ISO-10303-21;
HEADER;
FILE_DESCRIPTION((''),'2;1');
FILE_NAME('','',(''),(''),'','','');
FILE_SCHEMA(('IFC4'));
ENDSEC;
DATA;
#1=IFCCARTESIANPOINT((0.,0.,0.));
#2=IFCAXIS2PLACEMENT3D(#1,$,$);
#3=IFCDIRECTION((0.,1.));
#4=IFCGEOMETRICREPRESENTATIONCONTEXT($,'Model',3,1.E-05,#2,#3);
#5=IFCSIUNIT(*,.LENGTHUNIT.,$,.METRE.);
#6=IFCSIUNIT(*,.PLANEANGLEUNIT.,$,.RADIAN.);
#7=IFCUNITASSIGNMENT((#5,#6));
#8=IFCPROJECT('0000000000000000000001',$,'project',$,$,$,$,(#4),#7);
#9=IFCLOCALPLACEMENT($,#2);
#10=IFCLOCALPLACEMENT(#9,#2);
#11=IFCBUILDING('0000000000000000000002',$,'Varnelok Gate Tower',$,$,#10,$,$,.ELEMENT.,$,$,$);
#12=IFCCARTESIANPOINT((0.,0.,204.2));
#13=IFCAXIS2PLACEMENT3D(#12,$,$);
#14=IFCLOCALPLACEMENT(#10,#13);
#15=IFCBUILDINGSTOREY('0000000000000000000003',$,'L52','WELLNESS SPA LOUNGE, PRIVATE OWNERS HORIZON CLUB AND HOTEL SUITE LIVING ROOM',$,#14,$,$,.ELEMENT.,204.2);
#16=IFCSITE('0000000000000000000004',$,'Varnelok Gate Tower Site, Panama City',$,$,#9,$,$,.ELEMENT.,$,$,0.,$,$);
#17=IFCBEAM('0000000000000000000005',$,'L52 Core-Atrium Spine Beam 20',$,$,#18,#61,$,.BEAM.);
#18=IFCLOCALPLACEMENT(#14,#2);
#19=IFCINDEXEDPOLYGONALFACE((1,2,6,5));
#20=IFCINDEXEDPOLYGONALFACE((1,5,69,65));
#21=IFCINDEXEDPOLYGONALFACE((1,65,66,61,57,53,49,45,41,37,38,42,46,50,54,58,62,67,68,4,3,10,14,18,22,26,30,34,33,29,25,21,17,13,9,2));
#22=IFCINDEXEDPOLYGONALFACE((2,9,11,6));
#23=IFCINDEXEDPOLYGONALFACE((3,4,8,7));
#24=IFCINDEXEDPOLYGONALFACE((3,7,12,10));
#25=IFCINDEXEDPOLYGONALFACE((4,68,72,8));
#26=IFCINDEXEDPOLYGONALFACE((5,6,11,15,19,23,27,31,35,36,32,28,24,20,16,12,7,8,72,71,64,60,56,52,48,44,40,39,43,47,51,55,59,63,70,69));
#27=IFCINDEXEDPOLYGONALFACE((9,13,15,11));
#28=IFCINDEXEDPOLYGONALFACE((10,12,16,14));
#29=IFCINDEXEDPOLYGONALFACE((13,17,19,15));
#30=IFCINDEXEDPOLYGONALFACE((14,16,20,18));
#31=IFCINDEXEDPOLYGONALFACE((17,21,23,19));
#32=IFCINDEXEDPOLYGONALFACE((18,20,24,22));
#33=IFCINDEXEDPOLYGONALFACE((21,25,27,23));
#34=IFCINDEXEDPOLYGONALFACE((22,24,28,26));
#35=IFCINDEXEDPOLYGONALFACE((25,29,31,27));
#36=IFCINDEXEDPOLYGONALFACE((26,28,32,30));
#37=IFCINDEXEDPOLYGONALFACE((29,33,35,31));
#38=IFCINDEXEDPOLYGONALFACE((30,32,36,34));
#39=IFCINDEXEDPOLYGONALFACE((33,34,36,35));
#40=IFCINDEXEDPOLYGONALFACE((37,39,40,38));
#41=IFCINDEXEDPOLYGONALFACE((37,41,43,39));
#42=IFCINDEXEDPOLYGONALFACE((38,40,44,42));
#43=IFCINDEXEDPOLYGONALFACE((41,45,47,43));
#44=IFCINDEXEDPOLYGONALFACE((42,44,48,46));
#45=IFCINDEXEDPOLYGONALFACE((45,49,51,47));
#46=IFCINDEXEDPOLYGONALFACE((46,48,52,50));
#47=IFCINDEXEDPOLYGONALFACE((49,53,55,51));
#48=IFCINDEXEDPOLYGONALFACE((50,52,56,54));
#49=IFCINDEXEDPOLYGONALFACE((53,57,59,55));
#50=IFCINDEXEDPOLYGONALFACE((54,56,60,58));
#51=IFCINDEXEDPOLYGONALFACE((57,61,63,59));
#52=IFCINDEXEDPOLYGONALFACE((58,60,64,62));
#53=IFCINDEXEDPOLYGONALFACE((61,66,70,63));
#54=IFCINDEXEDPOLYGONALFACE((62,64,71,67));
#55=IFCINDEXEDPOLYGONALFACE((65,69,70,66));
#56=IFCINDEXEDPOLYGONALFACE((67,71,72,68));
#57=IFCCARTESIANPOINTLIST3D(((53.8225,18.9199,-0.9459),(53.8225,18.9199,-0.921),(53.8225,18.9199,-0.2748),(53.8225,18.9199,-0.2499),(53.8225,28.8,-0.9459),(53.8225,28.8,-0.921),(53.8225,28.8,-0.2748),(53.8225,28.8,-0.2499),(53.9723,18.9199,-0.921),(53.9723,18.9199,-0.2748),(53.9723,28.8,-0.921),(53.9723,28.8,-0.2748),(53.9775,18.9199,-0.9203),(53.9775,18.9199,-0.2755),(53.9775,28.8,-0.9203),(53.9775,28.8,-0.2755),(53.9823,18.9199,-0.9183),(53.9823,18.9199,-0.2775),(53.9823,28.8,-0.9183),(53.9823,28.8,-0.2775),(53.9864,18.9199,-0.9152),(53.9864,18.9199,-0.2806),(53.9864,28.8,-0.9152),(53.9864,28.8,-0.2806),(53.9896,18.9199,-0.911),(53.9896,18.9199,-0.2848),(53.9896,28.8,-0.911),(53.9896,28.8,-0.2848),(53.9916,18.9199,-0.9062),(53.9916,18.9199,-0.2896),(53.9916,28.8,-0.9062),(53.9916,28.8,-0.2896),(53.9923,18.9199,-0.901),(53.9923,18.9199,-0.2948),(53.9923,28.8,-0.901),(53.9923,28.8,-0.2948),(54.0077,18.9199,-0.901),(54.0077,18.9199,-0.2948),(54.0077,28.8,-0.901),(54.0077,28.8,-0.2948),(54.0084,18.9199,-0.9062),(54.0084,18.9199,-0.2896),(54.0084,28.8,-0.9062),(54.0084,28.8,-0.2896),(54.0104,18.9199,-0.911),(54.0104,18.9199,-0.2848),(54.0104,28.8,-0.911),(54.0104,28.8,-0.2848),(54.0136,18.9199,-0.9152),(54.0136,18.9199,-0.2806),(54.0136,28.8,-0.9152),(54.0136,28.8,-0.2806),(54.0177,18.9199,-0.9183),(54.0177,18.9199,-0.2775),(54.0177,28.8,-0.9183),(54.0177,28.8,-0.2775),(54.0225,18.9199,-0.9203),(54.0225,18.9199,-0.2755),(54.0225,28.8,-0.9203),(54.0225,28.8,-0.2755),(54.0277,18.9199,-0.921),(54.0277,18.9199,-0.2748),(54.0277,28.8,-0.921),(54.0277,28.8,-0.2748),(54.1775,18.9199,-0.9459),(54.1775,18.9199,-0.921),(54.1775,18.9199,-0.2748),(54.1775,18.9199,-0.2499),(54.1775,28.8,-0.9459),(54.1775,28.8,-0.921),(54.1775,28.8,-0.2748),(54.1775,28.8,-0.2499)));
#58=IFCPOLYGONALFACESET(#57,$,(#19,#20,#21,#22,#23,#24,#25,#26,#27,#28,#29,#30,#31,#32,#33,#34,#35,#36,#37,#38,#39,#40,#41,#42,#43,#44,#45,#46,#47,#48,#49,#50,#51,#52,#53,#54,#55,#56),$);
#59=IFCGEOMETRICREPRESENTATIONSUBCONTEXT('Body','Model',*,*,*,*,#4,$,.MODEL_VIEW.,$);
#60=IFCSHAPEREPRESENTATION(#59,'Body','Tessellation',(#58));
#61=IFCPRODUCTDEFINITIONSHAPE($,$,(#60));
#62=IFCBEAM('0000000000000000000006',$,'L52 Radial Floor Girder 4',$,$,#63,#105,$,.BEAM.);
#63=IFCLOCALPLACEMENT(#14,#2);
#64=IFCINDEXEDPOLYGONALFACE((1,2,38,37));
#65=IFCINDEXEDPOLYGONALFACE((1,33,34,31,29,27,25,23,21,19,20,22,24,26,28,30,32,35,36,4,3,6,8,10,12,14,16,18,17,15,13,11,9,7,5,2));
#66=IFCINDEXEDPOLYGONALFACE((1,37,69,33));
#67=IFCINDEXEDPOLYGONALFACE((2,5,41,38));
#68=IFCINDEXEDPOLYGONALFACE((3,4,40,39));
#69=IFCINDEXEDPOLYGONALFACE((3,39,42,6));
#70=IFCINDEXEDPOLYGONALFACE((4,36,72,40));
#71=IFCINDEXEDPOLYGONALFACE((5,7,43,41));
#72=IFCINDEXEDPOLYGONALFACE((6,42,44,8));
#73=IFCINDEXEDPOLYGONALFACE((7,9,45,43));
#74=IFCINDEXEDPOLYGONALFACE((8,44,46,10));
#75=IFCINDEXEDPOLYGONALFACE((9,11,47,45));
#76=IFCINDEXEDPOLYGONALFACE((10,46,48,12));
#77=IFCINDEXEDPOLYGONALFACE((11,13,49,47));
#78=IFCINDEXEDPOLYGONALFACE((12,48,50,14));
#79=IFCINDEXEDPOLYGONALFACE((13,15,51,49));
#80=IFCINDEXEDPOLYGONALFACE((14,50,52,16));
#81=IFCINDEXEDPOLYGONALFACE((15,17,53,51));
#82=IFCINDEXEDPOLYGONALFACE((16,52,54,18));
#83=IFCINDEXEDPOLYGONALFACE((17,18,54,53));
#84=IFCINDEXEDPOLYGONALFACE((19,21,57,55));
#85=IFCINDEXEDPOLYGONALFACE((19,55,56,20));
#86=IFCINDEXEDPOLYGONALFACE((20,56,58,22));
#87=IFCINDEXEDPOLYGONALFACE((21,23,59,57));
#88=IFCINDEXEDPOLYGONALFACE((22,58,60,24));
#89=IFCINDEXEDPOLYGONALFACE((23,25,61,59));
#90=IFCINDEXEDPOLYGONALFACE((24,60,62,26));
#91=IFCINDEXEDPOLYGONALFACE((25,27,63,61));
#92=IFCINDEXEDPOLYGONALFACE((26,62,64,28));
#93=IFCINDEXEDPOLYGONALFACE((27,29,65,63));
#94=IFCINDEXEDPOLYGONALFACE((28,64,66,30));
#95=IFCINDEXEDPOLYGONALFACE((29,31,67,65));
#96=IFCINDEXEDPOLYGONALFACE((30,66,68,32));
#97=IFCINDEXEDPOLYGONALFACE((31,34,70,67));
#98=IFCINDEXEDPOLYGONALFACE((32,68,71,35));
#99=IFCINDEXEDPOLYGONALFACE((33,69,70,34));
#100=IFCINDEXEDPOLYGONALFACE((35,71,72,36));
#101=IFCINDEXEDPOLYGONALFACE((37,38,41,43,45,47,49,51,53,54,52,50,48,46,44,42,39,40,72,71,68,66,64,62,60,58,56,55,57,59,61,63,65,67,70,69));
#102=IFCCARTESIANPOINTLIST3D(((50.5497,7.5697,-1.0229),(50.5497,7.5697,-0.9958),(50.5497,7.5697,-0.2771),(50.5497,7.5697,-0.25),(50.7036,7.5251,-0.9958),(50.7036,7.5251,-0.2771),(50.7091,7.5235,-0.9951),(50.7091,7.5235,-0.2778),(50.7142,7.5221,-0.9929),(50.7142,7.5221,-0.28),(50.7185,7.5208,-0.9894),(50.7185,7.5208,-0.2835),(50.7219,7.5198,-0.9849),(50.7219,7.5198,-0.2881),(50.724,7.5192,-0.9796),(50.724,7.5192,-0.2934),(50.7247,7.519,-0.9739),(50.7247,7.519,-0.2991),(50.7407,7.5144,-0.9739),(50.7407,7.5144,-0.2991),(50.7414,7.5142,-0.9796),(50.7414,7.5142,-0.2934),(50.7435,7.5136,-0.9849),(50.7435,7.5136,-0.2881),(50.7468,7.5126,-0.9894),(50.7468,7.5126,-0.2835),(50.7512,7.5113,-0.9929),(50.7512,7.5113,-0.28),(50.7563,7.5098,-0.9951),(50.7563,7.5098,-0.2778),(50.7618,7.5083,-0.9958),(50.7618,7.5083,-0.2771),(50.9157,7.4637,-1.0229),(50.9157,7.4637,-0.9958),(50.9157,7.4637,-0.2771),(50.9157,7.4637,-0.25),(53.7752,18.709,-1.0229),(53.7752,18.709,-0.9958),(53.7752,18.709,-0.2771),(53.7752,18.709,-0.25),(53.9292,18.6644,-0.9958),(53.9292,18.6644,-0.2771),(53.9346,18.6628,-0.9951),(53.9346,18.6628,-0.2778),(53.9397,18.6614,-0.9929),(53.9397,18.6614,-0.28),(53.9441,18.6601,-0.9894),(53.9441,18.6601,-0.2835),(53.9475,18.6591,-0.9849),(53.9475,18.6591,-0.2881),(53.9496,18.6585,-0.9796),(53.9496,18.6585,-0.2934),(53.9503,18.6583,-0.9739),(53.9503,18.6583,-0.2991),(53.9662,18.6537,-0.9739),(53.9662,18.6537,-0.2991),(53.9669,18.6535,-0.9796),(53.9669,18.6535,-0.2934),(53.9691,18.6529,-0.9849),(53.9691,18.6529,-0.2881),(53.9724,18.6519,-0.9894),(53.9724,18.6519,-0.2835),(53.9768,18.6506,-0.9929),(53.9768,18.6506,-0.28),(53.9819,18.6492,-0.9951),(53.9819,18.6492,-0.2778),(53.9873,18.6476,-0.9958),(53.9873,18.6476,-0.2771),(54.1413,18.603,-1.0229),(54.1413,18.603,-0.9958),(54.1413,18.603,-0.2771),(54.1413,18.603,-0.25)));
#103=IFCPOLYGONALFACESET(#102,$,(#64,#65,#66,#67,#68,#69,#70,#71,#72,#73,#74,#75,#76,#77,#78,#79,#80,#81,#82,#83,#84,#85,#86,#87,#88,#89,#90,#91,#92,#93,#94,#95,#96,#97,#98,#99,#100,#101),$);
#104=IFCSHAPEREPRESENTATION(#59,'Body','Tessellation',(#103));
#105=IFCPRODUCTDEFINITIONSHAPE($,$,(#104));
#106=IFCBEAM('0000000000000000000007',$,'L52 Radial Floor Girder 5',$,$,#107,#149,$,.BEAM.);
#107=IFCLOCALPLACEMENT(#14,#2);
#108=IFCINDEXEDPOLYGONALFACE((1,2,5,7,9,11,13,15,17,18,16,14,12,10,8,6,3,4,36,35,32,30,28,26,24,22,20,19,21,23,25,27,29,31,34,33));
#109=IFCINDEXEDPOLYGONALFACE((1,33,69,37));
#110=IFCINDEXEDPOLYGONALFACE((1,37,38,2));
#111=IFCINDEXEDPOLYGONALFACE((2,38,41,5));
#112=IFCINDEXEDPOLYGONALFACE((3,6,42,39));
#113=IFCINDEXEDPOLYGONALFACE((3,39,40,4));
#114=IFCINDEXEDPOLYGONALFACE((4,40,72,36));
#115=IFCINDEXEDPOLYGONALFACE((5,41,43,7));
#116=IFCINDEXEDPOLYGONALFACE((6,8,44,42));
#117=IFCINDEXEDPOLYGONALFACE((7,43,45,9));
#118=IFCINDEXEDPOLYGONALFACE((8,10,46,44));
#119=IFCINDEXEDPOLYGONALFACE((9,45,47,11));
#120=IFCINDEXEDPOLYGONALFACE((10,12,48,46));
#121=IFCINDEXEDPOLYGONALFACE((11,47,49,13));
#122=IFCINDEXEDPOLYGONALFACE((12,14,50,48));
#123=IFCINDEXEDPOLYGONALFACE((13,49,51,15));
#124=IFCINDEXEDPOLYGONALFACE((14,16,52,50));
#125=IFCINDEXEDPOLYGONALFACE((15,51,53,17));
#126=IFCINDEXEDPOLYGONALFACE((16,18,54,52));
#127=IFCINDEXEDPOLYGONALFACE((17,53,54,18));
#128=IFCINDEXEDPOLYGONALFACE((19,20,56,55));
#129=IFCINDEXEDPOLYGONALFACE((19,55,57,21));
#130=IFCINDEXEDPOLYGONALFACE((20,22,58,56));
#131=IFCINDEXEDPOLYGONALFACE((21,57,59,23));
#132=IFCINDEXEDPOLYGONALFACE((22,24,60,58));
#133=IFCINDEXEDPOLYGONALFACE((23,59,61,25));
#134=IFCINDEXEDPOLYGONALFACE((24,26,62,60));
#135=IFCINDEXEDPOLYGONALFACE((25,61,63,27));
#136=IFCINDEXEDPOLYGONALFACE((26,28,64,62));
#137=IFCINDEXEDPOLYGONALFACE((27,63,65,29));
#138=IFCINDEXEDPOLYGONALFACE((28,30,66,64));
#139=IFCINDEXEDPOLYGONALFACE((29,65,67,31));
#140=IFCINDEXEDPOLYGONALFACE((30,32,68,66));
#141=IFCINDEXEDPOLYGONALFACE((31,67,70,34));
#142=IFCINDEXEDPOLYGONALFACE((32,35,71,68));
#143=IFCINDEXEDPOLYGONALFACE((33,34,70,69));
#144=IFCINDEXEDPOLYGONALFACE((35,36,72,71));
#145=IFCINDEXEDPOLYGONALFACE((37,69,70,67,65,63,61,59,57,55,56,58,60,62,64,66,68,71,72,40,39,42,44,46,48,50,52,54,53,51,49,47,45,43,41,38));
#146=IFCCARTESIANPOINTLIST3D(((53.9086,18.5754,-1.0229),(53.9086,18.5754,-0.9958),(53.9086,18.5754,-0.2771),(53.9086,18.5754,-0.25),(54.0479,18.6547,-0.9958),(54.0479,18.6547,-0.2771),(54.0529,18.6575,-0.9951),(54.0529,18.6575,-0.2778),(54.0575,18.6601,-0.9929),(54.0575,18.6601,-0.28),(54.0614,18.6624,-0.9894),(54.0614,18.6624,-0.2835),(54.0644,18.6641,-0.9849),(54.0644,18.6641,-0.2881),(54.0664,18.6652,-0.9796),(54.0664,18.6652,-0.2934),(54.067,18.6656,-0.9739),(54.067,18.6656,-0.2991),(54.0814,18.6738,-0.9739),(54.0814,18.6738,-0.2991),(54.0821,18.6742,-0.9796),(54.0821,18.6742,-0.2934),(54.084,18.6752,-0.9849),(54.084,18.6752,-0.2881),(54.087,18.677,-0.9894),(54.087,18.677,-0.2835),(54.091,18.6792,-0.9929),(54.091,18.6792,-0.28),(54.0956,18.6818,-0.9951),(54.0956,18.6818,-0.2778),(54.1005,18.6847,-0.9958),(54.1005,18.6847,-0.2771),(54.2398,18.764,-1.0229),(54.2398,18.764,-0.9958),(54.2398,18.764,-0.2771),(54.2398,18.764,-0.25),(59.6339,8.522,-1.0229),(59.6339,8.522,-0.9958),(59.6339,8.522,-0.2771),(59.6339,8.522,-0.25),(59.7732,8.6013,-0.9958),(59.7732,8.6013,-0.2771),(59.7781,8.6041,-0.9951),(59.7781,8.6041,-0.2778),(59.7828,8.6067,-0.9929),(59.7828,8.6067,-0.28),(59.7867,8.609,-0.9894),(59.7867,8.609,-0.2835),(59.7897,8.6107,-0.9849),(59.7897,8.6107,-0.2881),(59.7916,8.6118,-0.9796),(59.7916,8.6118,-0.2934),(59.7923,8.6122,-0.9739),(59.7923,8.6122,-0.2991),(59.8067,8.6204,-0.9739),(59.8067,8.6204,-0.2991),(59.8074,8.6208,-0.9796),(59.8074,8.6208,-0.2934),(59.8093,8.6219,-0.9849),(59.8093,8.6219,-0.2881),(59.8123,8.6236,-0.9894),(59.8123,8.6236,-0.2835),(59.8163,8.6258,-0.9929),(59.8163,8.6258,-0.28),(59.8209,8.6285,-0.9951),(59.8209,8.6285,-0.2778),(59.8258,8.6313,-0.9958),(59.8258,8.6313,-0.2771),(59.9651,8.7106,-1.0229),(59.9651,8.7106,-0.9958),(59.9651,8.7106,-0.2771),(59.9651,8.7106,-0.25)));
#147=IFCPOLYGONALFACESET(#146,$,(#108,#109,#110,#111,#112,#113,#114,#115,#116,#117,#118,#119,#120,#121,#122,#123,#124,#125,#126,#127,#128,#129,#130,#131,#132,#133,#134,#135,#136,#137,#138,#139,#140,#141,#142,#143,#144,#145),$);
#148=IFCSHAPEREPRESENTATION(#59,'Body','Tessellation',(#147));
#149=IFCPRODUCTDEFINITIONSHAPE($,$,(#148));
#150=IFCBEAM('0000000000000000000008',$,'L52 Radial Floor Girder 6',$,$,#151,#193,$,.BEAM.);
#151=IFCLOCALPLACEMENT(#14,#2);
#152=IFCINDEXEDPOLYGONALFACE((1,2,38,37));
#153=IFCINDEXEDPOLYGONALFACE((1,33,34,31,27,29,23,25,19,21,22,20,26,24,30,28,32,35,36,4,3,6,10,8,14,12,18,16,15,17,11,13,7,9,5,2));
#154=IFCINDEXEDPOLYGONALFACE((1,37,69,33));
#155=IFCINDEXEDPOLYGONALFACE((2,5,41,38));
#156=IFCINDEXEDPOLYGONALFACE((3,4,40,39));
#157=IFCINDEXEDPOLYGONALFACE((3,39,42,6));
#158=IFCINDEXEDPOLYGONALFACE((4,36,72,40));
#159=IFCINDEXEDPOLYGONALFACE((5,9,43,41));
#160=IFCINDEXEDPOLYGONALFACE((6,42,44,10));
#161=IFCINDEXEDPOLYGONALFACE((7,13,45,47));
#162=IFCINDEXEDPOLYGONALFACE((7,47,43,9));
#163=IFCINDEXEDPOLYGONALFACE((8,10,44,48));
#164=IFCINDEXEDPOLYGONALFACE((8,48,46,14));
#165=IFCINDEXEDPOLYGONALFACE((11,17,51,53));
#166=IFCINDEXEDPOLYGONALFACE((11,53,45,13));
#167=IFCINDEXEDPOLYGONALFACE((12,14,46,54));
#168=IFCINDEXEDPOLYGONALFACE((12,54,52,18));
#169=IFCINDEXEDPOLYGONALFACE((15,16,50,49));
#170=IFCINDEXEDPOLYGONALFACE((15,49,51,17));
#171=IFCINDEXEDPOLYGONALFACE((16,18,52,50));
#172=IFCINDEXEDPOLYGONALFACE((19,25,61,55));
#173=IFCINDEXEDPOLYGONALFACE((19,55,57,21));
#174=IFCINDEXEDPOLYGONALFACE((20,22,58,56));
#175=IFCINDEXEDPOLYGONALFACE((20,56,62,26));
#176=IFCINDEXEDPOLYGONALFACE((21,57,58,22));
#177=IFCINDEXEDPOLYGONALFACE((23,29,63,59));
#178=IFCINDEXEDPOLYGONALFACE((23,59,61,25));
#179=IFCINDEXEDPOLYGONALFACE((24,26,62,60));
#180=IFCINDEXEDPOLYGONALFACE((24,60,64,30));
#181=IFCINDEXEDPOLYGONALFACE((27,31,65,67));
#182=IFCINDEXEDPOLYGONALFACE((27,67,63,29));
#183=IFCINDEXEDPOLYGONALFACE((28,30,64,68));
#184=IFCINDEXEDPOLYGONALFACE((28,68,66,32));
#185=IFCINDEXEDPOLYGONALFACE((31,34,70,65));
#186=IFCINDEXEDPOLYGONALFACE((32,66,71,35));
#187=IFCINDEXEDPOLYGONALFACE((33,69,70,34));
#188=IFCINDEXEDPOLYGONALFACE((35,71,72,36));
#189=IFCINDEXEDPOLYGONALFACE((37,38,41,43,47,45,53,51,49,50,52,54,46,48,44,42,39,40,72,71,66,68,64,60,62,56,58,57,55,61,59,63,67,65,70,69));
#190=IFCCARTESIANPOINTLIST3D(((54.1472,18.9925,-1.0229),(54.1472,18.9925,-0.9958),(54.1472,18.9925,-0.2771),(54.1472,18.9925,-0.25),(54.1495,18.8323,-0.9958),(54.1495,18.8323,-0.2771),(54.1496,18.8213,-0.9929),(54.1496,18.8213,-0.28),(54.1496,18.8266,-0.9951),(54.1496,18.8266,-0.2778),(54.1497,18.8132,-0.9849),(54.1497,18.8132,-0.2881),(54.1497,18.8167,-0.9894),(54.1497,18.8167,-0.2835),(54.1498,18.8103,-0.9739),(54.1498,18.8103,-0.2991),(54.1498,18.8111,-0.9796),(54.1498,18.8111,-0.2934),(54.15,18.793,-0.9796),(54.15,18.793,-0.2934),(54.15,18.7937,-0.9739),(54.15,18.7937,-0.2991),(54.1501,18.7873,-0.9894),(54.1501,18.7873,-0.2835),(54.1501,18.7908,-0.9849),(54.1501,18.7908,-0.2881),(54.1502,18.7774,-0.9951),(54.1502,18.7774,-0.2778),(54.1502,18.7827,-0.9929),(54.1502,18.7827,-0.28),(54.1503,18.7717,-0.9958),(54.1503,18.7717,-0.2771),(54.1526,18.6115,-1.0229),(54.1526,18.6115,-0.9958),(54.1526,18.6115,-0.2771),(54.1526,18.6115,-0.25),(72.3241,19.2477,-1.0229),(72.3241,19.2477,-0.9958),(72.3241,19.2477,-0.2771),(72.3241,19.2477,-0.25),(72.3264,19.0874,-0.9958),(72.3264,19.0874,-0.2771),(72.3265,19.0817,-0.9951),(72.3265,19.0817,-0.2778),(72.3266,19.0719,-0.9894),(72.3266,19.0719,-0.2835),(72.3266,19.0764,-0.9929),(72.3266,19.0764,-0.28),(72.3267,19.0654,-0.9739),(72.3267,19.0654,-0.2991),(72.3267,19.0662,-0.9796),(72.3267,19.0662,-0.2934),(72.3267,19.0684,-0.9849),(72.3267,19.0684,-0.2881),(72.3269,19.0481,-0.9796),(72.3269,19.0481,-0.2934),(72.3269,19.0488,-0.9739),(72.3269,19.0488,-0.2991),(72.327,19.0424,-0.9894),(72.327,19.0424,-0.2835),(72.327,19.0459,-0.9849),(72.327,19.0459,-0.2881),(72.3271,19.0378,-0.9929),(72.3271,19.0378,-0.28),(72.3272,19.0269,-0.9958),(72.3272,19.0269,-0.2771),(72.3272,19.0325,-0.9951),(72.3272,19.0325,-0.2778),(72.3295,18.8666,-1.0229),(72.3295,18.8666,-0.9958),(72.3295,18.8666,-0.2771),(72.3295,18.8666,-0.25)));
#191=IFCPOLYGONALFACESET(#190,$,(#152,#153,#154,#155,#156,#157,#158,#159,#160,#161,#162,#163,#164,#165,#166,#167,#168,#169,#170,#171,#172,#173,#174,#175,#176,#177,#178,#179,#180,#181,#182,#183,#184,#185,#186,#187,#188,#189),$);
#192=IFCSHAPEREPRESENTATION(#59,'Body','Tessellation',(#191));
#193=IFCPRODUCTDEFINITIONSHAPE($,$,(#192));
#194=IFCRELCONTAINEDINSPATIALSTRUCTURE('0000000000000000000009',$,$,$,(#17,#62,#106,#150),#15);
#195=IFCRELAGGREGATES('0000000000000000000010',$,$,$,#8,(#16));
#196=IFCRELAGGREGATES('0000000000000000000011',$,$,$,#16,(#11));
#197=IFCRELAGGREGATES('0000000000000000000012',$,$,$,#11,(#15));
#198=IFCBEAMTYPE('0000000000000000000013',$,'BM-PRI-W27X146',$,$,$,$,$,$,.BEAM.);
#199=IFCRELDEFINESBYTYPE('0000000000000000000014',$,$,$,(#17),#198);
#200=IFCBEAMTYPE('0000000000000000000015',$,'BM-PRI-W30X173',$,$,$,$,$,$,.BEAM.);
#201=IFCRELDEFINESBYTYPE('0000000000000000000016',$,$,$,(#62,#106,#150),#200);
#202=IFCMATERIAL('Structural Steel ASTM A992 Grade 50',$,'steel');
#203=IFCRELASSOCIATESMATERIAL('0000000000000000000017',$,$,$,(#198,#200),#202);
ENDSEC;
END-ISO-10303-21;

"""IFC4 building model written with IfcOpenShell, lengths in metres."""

from ifc_helpers import new_model, si_unit, direction, frame, origin, origin_2d, place, context, subcontext, project, spatial, i_section, extrude, material, material_profile, profile_set, type_object, element, save


model = new_model("IFC4")

# Units and contexts
model_context = context("Model", 3, precision=1e-05, world=origin(), true_north=direction((0.0, 1.0)))
body_context = subcontext(model_context, "Body", "Model", "MODEL_VIEW")
ifc_project = project(units=[si_unit("LENGTHUNIT", "METRE"), si_unit("PLANEANGLEUNIT", "RADIAN")], contexts=[model_context])

# Site, building, storey
site_placement = place(None, origin())
site = spatial("IfcSite", under=ifc_project, at=site_placement, Name="Varnelok Gate Tower Site, Panama City", CompositionType="ELEMENT", RefElevation=0.0)
building_placement = place(site_placement, origin())
building = spatial("IfcBuilding", under=site, at=building_placement, Name="Varnelok Gate Tower", CompositionType="ELEMENT")
storey_placement = place(building_placement, frame((0.0, 0.0, 204.2)))
storey = spatial("IfcBuildingStorey", under=building, at=storey_placement, Name="L52", Description="WELLNESS SPA LOUNGE, PRIVATE OWNERS HORIZON CLUB AND HOTEL SUITE LIVING ROOM", CompositionType="ELEMENT", Elevation=204.2)

# Shared definitions
ifc_material_1 = material(Name="Structural Steel ASTM A992 Grade 50", Category="steel")

# Beams
ifc_material_profile_1 = material_profile(ifc_material_1, i_section(OverallWidth=0.355, OverallDepth=0.696, WebThickness=0.0154, FlangeThickness=0.0249, FilletRadius=0.02, at=origin_2d()), Name="W27X146")
ifc_profile_set_1 = profile_set([ifc_material_profile_1], Name="Structural Steel ASTM A992 Grade 50")
beam_type_1 = type_object("IfcBeamType", Name="BM-PRI-W27X146", PredefinedType="BEAM", material=ifc_profile_set_1)
beam_1_placement = place(storey_placement, frame((54.0, 18.9199, -0.5979), z_axis=(0.0, 1.0, 0.0), x_axis=(-1.0, 0.0, 0.0)))
element("IfcBeam", 1, at=beam_1_placement, inside=storey, type_object=beam_type_1, Name="L52 Core-Atrium Spine Beam 20", PredefinedType="BEAM", context=body_context, shape_type="SweptSolid", body=[
    extrude(i_section(OverallWidth=0.355, OverallDepth=0.696, WebThickness=0.0154, FlangeThickness=0.0249, FilletRadius=0.02, at=origin_2d()), origin(), (0.0, 0.0, 1.0), 9.8801),
])
ifc_material_profile_2 = material_profile(ifc_material_1, i_section(OverallWidth=0.3811, OverallDepth=0.7729, WebThickness=0.0166, FlangeThickness=0.0271, FilletRadius=0.022, at=origin_2d()), Name="W30X173")
ifc_profile_set_2 = profile_set([ifc_material_profile_2], Name="Structural Steel ASTM A992 Grade 50")
beam_type_2 = type_object("IfcBeamType", Name="BM-PRI-W30X173", PredefinedType="BEAM", material=ifc_profile_set_2)
beam_2_placement = place(storey_placement, frame((53.9583, 18.656, -0.6365), z_axis=(-0.278139, -0.960541, 0.0), x_axis=(0.960541, -0.278139, 0.0)))
element("IfcBeam", 2, at=beam_2_placement, inside=storey, type_object=beam_type_2, Name="L52 Radial Floor Girder 4", PredefinedType="BEAM", context=body_context, shape_type="SweptSolid", body=[
    extrude(i_section(OverallWidth=0.3811, OverallDepth=0.7729, WebThickness=0.0166, FlangeThickness=0.0271, FilletRadius=0.022, at=origin_2d()), origin(), (0.0, 0.0, 1.0), 11.5969),
])
beam_3_placement = place(storey_placement, frame((54.0742, 18.6697, -0.6365), z_axis=(0.494868, -0.868968, 0.0), x_axis=(0.868968, 0.494868, 0.0)))
element("IfcBeam", 3, at=beam_3_placement, inside=storey, type_object=beam_type_2, Name="L52 Radial Floor Girder 5", PredefinedType="BEAM", context=body_context, shape_type="SweptSolid", body=[
    extrude(i_section(OverallWidth=0.3811, OverallDepth=0.7729, WebThickness=0.0166, FlangeThickness=0.0271, FilletRadius=0.022, at=origin_2d()), origin(), (0.0, 0.0, 1.0), 11.5693),
])
beam_4_placement = place(storey_placement, frame((54.1499, 18.802, -0.6365), z_axis=(0.999902, 0.014034, 0.0), x_axis=(-0.014034, 0.999902, 0.0)))
element("IfcBeam", 4, at=beam_4_placement, inside=storey, type_object=beam_type_2, Name="L52 Radial Floor Girder 6", PredefinedType="BEAM", context=body_context, shape_type="SweptSolid", body=[
    extrude(i_section(OverallWidth=0.3811, OverallDepth=0.7729, WebThickness=0.0166, FlangeThickness=0.0271, FilletRadius=0.022, at=origin_2d()), origin(), (0.0, 0.0, 1.0), 18.1787),
])

save(model, "model.ifc")
